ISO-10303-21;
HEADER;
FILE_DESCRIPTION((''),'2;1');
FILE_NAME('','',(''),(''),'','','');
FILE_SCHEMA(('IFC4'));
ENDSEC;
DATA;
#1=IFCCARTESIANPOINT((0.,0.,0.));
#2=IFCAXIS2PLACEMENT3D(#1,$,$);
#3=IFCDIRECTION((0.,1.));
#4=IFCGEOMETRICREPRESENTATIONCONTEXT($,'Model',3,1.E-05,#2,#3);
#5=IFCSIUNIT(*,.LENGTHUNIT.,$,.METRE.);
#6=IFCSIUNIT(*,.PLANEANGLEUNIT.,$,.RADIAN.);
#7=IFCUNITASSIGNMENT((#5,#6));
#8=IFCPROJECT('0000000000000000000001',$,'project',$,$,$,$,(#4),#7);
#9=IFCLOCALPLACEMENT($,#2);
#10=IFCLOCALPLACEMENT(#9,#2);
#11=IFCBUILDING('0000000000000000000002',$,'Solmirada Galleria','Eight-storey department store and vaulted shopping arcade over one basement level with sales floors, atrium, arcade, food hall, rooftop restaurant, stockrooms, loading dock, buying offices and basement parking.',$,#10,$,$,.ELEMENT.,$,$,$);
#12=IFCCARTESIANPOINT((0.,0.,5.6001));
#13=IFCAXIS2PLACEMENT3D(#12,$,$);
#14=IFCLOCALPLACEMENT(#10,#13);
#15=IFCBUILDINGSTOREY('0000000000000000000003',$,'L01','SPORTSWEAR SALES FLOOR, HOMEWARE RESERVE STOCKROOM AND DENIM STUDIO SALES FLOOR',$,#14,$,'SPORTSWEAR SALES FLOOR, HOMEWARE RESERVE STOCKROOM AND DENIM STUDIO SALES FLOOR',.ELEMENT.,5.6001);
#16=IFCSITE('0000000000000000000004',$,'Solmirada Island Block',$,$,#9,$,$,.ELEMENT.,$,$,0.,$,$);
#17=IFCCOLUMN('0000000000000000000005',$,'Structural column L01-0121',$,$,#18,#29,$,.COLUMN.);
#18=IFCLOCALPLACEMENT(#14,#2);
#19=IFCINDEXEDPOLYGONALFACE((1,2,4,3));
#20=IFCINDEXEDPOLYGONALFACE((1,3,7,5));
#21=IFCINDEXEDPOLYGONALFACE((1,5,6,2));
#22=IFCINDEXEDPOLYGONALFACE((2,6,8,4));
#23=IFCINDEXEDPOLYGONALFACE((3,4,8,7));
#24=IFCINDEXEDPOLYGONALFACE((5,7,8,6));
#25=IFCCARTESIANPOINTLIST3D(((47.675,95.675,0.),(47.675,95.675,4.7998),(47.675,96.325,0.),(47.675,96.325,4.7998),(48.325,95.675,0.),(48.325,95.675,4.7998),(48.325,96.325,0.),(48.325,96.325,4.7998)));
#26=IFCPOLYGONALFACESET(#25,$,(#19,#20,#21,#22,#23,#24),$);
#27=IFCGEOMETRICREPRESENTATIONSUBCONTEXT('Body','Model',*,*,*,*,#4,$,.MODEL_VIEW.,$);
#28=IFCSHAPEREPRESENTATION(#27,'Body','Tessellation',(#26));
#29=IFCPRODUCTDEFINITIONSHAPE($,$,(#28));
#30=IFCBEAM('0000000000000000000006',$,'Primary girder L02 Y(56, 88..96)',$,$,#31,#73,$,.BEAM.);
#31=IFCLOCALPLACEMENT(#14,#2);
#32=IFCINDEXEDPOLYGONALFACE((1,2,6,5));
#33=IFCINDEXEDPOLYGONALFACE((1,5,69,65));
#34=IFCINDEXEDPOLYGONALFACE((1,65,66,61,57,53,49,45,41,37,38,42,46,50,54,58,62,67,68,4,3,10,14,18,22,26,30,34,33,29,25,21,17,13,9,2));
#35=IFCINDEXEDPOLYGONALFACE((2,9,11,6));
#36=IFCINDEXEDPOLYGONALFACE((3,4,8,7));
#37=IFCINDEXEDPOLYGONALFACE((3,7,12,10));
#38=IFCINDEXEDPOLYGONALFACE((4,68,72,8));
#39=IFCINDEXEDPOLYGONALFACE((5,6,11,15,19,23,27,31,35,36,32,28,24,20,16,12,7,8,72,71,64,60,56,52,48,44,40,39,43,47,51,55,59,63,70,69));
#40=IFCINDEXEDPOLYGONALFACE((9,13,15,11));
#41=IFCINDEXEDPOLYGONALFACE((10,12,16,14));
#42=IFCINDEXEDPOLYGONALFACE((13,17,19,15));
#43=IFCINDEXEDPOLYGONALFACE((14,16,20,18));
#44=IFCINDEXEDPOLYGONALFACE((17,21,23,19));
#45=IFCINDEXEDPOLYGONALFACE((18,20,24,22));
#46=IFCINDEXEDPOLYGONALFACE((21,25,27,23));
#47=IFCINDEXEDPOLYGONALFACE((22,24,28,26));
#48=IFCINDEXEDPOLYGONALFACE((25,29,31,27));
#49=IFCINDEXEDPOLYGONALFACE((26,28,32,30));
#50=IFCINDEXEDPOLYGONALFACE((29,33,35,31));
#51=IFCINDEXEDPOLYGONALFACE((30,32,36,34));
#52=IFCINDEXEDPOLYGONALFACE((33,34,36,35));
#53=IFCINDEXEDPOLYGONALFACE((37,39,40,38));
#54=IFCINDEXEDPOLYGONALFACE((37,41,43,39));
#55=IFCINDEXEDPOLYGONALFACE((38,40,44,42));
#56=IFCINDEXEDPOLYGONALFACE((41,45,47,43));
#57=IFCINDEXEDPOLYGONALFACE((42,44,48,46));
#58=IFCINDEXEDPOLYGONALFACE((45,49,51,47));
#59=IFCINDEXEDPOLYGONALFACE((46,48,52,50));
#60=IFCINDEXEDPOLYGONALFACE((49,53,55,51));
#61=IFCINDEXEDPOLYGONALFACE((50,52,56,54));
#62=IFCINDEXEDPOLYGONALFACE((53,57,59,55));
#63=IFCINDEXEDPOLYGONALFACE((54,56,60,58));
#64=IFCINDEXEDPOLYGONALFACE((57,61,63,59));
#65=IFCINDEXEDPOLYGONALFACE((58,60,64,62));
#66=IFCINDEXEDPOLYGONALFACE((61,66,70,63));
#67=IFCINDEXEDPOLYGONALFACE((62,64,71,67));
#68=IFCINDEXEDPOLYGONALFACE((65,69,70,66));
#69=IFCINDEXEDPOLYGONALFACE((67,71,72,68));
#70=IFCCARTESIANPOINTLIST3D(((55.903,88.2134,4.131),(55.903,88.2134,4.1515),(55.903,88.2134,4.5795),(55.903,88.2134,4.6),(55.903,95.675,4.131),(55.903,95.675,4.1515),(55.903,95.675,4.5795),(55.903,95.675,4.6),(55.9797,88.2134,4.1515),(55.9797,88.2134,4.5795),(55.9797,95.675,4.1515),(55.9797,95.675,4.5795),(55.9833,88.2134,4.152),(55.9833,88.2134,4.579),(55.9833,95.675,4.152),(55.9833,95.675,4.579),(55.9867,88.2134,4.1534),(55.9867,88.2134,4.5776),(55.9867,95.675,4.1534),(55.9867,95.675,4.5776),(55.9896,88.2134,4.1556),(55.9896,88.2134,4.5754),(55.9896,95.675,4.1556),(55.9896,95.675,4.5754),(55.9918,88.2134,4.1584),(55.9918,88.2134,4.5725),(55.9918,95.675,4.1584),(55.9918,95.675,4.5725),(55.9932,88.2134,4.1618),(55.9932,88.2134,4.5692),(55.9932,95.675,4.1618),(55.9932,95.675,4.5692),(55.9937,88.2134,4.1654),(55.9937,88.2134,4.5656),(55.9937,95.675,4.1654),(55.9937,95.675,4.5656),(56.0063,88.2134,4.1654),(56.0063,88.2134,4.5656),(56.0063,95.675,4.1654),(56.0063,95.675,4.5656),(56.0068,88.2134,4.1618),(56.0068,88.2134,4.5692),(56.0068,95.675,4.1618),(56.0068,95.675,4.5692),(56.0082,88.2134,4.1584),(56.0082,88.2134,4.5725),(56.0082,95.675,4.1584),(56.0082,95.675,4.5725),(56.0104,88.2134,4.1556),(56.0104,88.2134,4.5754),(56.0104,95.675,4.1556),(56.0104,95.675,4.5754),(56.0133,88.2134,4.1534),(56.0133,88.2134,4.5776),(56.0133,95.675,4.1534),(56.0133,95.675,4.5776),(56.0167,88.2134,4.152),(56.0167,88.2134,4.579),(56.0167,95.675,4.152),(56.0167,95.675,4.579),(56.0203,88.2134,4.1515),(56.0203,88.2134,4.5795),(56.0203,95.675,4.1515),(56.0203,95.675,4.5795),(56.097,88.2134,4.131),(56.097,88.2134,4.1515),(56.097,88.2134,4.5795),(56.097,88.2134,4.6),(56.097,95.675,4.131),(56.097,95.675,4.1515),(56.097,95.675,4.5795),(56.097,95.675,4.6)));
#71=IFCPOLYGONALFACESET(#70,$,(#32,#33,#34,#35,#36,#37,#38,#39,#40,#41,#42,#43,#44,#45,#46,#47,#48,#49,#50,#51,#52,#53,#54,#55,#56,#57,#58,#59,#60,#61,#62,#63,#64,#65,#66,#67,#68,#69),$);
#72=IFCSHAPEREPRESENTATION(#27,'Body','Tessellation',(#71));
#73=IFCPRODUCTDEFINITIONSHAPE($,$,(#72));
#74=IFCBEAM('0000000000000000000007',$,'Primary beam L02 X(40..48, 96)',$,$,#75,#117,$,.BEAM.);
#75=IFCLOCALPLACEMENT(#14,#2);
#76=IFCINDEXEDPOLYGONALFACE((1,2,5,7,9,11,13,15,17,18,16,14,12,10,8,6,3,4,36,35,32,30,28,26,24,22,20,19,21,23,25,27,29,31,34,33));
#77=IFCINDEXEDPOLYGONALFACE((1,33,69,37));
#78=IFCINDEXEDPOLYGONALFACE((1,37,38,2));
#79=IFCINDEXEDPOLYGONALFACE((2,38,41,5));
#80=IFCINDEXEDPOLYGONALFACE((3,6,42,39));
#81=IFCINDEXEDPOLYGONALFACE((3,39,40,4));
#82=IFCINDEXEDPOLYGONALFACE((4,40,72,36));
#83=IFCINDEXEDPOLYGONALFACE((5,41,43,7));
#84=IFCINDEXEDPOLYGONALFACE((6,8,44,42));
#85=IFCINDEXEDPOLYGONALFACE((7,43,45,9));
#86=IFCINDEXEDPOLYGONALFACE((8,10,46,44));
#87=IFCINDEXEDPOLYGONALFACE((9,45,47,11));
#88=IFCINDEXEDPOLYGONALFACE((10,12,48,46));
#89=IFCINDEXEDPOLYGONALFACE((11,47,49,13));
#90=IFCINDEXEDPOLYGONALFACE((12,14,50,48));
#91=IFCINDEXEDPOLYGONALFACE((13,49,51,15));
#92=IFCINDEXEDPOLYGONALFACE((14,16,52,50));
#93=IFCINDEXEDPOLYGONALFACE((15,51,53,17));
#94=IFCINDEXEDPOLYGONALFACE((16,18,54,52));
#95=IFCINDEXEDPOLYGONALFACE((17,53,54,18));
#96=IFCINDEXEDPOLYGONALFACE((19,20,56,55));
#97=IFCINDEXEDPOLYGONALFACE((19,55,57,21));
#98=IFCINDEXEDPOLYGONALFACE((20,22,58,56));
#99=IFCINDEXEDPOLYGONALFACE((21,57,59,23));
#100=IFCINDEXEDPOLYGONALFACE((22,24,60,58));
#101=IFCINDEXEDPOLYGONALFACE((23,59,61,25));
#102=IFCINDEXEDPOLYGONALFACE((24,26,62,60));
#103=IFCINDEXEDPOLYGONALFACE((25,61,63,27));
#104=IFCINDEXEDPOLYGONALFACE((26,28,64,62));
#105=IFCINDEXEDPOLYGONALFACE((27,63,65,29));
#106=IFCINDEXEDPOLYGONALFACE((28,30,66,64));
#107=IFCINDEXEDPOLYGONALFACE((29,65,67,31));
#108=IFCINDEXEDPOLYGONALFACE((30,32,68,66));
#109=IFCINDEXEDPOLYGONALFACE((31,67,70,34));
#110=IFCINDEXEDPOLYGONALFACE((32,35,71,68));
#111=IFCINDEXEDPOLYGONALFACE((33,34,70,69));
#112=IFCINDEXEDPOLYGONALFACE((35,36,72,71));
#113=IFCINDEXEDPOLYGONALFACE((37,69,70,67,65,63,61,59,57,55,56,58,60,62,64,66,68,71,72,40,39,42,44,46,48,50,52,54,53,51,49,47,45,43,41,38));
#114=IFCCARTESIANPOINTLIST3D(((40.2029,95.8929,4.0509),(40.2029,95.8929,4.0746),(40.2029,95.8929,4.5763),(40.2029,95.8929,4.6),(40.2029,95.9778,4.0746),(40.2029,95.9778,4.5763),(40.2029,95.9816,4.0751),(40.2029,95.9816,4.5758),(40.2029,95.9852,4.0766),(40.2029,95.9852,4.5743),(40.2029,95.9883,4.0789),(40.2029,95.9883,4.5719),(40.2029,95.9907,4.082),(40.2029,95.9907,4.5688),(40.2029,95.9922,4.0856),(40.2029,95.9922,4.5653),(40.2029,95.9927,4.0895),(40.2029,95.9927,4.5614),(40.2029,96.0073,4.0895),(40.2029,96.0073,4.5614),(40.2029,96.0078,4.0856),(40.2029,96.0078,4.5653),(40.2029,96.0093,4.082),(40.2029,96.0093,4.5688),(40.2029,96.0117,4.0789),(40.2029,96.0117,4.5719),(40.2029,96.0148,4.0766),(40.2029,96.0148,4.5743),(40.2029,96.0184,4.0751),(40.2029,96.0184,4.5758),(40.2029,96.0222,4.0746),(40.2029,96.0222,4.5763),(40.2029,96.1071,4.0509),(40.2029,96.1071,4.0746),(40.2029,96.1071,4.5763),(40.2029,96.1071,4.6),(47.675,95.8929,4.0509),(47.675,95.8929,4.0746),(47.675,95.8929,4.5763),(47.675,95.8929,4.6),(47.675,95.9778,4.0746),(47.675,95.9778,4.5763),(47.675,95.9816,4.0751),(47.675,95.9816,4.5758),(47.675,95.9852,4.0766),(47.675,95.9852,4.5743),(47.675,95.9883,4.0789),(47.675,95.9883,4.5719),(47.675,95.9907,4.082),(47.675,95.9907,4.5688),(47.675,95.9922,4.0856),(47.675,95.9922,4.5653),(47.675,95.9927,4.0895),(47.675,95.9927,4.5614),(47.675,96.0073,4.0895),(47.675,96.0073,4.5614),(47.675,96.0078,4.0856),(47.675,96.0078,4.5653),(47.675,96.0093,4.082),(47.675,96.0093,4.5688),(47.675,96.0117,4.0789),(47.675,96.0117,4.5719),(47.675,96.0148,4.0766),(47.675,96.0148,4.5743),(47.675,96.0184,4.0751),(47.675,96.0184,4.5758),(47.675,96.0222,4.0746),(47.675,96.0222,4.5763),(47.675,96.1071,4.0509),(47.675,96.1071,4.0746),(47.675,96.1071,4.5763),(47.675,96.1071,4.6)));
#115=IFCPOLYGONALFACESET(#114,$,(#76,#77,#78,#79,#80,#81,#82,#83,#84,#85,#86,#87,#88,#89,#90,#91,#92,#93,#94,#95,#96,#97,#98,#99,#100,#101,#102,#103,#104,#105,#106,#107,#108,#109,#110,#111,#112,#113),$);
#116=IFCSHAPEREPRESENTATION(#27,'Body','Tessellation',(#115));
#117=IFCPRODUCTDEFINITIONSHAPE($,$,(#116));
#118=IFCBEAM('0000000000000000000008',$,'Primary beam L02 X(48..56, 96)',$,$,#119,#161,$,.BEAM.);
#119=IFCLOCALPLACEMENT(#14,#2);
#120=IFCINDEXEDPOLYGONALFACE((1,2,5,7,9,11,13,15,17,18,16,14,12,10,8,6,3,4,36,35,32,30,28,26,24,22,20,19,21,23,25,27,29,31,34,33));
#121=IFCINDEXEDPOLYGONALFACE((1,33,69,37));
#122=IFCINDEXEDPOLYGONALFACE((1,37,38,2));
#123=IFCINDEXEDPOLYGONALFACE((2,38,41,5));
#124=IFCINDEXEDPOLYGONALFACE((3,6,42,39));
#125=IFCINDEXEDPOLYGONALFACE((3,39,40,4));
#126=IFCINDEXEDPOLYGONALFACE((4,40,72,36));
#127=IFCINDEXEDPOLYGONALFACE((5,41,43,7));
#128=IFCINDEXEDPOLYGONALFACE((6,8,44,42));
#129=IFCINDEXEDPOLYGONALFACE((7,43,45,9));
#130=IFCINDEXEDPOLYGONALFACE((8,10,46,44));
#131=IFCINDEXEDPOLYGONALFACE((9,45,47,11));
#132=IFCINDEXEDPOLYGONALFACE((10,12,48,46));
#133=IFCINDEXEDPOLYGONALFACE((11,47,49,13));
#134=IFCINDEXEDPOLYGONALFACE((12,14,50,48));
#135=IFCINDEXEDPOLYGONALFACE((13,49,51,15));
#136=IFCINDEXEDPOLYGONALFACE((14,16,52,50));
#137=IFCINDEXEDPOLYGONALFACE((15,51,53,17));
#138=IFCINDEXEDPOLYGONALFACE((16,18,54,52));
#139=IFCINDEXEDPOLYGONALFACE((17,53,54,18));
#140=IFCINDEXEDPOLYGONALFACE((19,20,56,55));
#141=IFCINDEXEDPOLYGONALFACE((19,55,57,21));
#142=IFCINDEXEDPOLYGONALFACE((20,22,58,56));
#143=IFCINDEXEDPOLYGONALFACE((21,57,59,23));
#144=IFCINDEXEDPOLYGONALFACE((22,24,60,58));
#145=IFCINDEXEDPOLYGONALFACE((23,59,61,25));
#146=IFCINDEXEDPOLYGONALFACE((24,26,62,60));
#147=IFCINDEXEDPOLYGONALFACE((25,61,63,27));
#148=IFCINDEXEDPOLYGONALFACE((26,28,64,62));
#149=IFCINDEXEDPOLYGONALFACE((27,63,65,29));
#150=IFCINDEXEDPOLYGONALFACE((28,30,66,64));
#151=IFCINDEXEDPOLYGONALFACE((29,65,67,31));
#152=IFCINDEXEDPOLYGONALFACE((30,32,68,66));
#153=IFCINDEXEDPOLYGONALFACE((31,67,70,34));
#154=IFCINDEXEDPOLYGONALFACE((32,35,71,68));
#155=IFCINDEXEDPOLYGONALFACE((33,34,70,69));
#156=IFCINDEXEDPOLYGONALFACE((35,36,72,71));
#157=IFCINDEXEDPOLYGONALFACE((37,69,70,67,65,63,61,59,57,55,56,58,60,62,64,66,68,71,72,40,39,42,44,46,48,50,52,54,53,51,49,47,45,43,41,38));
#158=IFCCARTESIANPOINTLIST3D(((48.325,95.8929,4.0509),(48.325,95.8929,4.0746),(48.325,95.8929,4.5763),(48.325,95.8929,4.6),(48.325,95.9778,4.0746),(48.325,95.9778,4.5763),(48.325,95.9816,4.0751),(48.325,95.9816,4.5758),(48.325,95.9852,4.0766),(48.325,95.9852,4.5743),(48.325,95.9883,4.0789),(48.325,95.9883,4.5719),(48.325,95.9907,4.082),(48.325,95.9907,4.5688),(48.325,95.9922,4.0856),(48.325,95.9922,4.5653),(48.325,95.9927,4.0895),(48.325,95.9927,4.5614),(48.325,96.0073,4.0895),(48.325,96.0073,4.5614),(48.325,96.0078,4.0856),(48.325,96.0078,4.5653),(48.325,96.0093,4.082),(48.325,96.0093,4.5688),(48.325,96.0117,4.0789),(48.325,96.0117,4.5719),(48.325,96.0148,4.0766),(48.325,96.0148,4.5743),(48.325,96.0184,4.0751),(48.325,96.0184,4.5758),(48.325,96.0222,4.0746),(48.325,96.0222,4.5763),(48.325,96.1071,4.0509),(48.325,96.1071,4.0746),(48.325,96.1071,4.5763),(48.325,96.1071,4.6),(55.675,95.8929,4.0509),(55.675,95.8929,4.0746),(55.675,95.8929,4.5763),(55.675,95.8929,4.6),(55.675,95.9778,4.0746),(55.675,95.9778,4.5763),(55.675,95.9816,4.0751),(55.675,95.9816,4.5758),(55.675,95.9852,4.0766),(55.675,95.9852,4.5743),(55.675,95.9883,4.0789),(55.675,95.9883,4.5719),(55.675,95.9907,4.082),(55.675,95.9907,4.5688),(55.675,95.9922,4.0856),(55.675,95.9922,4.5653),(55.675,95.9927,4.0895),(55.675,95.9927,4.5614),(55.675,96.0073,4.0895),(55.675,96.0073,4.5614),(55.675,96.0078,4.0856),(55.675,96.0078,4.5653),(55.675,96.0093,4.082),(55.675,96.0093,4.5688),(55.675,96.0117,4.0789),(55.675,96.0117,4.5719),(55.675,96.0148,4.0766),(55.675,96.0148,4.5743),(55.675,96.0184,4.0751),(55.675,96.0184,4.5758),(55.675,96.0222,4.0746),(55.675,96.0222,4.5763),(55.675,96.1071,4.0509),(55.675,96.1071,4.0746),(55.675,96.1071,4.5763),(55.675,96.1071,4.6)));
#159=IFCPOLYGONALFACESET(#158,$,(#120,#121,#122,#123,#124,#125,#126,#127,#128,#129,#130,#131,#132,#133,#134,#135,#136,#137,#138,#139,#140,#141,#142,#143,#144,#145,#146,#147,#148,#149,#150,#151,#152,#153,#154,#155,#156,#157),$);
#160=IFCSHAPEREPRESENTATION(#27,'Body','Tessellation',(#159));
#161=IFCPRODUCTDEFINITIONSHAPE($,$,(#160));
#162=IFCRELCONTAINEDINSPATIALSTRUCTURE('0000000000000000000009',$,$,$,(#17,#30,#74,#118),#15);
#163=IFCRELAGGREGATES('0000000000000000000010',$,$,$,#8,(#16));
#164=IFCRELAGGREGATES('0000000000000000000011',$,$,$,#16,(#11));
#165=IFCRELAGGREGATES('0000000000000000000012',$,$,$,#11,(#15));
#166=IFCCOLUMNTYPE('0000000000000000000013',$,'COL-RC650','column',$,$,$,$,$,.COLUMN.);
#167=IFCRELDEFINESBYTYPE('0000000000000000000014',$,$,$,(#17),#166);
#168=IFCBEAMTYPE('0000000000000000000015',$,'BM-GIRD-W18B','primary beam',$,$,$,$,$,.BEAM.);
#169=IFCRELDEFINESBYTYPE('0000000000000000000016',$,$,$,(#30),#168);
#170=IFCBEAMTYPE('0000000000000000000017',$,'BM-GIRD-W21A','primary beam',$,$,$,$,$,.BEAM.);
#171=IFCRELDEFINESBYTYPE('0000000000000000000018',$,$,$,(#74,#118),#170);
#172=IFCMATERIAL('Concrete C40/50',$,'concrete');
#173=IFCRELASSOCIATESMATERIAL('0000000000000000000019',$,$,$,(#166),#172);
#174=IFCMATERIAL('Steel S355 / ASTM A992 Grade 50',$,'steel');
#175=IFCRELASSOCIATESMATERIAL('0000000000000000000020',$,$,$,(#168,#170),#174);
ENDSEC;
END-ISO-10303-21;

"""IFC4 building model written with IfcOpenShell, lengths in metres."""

from ifc_helpers import new_model, si_unit, direction, frame, origin, origin_2d, place, context, subcontext, project, spatial, rectangle, i_section, extrude, material, material_profile, profile_set, type_object, element, save


model = new_model("IFC4")

# Units and contexts
model_context = context("Model", 3, precision=1e-05, world=origin(), true_north=direction((0.0, 1.0)))
body_context = subcontext(model_context, "Body", "Model", "MODEL_VIEW")
ifc_project = project(units=[si_unit("LENGTHUNIT", "METRE"), si_unit("PLANEANGLEUNIT", "RADIAN")], contexts=[model_context])

# Site, building, storey
site_placement = place(None, origin())
site = spatial("IfcSite", under=ifc_project, at=site_placement, Name="Solmirada Island Block", CompositionType="ELEMENT", RefElevation=0.0)
building_placement = place(site_placement, origin())
building = spatial("IfcBuilding", under=site, at=building_placement, Name="Solmirada Galleria", Description="Eight-storey department store and vaulted shopping arcade over one basement level with sales floors, atrium, arcade, food hall, rooftop restaurant, stockrooms, loading dock, buying offices and basement parking.", CompositionType="ELEMENT")
storey_placement = place(building_placement, frame((0.0, 0.0, 5.6001)))
storey = spatial("IfcBuildingStorey", under=building, at=storey_placement, Name="L01", Description="SPORTSWEAR SALES FLOOR, HOMEWARE RESERVE STOCKROOM AND DENIM STUDIO SALES FLOOR", LongName="SPORTSWEAR SALES FLOOR, HOMEWARE RESERVE STOCKROOM AND DENIM STUDIO SALES FLOOR", CompositionType="ELEMENT", Elevation=5.6001)

# Column
ifc_material_1 = material(Name="Concrete C40/50", Category="concrete")
ifc_material_profile_1 = material_profile(ifc_material_1, rectangle(XDim=0.6499, YDim=0.6499, at=origin_2d()), Name="RC650X650")
ifc_profile_set_1 = profile_set([ifc_material_profile_1], Name="Concrete C40/50")
column_type_1 = type_object("IfcColumnType", Name="COL-RC650", Description="column", PredefinedType="COLUMN", material=ifc_profile_set_1)
column_1_placement = place(storey_placement, frame((48.0, 96.0, 0.0), z_axis=(0.0, 0.0, 1.0), x_axis=(1.0, 0.0, 0.0)))
element("IfcColumn", 1, at=column_1_placement, inside=storey, type_object=column_type_1, Name="Structural column L01-0121", PredefinedType="COLUMN", context=body_context, shape_type="SweptSolid", body=[
    extrude(rectangle(XDim=0.6499, YDim=0.6499, at=origin_2d()), origin(), (0.0, 0.0, 1.0), 4.7998),
])

# Beams
ifc_material_2 = material(Name="Steel S355 / ASTM A992 Grade 50", Category="steel")
ifc_material_profile_2 = material_profile(ifc_material_2, i_section(OverallWidth=0.1941, OverallDepth=0.469, WebThickness=0.0127, FlangeThickness=0.0205, FilletRadius=0.0139, at=origin_2d()), Name="W18X71")
ifc_profile_set_2 = profile_set([ifc_material_profile_2], Name="Steel S355 / ASTM A992 Grade 50")
beam_type_1 = type_object("IfcBeamType", Name="BM-GIRD-W18B", Description="primary beam", PredefinedType="BEAM", material=ifc_profile_set_2)
beam_1_placement = place(storey_placement, frame((56.0, 88.2134, 4.3655), z_axis=(0.0, 1.0, 0.0), x_axis=(-1.0, 0.0, 0.0)))
element("IfcBeam", 2, at=beam_1_placement, inside=storey, type_object=beam_type_1, Name="Primary girder L02 Y(56, 88..96)", PredefinedType="BEAM", context=body_context, shape_type="SweptSolid", body=[
    extrude(i_section(OverallWidth=0.1941, OverallDepth=0.469, WebThickness=0.0127, FlangeThickness=0.0205, FilletRadius=0.0139, at=origin_2d()), origin(), (0.0, 0.0, 1.0), 7.4617),
])
ifc_material_profile_3 = material_profile(ifc_material_2, i_section(OverallWidth=0.2141, OverallDepth=0.5491, WebThickness=0.0146, FlangeThickness=0.0237, FilletRadius=0.0149, at=origin_2d()), Name="W21X93")
ifc_profile_set_3 = profile_set([ifc_material_profile_3], Name="Steel S355 / ASTM A992 Grade 50")
beam_type_2 = type_object("IfcBeamType", Name="BM-GIRD-W21A", Description="primary beam", PredefinedType="BEAM", material=ifc_profile_set_3)
beam_2_placement = place(storey_placement, frame((40.2029, 96.0, 4.3254), z_axis=(1.0, 0.0, 0.0), x_axis=(0.0, 1.0, 0.0)))
element("IfcBeam", 3, at=beam_2_placement, inside=storey, type_object=beam_type_2, Name="Primary beam L02 X(40..48, 96)", PredefinedType="BEAM", context=body_context, shape_type="SweptSolid", body=[
    extrude(i_section(OverallWidth=0.2141, OverallDepth=0.5491, WebThickness=0.0146, FlangeThickness=0.0237, FilletRadius=0.0149, at=origin_2d()), origin(), (0.0, 0.0, 1.0), 7.4722),
])
beam_3_placement = place(storey_placement, frame((48.325, 96.0, 4.3254), z_axis=(1.0, 0.0, 0.0), x_axis=(0.0, 1.0, 0.0)))
element("IfcBeam", 4, at=beam_3_placement, inside=storey, type_object=beam_type_2, Name="Primary beam L02 X(48..56, 96)", PredefinedType="BEAM", context=body_context, shape_type="SweptSolid", body=[
    extrude(i_section(OverallWidth=0.2141, OverallDepth=0.5491, WebThickness=0.0146, FlangeThickness=0.0237, FilletRadius=0.0149, at=origin_2d()), origin(), (0.0, 0.0, 1.0), 7.3501),
])

save(model, "model.ifc")
